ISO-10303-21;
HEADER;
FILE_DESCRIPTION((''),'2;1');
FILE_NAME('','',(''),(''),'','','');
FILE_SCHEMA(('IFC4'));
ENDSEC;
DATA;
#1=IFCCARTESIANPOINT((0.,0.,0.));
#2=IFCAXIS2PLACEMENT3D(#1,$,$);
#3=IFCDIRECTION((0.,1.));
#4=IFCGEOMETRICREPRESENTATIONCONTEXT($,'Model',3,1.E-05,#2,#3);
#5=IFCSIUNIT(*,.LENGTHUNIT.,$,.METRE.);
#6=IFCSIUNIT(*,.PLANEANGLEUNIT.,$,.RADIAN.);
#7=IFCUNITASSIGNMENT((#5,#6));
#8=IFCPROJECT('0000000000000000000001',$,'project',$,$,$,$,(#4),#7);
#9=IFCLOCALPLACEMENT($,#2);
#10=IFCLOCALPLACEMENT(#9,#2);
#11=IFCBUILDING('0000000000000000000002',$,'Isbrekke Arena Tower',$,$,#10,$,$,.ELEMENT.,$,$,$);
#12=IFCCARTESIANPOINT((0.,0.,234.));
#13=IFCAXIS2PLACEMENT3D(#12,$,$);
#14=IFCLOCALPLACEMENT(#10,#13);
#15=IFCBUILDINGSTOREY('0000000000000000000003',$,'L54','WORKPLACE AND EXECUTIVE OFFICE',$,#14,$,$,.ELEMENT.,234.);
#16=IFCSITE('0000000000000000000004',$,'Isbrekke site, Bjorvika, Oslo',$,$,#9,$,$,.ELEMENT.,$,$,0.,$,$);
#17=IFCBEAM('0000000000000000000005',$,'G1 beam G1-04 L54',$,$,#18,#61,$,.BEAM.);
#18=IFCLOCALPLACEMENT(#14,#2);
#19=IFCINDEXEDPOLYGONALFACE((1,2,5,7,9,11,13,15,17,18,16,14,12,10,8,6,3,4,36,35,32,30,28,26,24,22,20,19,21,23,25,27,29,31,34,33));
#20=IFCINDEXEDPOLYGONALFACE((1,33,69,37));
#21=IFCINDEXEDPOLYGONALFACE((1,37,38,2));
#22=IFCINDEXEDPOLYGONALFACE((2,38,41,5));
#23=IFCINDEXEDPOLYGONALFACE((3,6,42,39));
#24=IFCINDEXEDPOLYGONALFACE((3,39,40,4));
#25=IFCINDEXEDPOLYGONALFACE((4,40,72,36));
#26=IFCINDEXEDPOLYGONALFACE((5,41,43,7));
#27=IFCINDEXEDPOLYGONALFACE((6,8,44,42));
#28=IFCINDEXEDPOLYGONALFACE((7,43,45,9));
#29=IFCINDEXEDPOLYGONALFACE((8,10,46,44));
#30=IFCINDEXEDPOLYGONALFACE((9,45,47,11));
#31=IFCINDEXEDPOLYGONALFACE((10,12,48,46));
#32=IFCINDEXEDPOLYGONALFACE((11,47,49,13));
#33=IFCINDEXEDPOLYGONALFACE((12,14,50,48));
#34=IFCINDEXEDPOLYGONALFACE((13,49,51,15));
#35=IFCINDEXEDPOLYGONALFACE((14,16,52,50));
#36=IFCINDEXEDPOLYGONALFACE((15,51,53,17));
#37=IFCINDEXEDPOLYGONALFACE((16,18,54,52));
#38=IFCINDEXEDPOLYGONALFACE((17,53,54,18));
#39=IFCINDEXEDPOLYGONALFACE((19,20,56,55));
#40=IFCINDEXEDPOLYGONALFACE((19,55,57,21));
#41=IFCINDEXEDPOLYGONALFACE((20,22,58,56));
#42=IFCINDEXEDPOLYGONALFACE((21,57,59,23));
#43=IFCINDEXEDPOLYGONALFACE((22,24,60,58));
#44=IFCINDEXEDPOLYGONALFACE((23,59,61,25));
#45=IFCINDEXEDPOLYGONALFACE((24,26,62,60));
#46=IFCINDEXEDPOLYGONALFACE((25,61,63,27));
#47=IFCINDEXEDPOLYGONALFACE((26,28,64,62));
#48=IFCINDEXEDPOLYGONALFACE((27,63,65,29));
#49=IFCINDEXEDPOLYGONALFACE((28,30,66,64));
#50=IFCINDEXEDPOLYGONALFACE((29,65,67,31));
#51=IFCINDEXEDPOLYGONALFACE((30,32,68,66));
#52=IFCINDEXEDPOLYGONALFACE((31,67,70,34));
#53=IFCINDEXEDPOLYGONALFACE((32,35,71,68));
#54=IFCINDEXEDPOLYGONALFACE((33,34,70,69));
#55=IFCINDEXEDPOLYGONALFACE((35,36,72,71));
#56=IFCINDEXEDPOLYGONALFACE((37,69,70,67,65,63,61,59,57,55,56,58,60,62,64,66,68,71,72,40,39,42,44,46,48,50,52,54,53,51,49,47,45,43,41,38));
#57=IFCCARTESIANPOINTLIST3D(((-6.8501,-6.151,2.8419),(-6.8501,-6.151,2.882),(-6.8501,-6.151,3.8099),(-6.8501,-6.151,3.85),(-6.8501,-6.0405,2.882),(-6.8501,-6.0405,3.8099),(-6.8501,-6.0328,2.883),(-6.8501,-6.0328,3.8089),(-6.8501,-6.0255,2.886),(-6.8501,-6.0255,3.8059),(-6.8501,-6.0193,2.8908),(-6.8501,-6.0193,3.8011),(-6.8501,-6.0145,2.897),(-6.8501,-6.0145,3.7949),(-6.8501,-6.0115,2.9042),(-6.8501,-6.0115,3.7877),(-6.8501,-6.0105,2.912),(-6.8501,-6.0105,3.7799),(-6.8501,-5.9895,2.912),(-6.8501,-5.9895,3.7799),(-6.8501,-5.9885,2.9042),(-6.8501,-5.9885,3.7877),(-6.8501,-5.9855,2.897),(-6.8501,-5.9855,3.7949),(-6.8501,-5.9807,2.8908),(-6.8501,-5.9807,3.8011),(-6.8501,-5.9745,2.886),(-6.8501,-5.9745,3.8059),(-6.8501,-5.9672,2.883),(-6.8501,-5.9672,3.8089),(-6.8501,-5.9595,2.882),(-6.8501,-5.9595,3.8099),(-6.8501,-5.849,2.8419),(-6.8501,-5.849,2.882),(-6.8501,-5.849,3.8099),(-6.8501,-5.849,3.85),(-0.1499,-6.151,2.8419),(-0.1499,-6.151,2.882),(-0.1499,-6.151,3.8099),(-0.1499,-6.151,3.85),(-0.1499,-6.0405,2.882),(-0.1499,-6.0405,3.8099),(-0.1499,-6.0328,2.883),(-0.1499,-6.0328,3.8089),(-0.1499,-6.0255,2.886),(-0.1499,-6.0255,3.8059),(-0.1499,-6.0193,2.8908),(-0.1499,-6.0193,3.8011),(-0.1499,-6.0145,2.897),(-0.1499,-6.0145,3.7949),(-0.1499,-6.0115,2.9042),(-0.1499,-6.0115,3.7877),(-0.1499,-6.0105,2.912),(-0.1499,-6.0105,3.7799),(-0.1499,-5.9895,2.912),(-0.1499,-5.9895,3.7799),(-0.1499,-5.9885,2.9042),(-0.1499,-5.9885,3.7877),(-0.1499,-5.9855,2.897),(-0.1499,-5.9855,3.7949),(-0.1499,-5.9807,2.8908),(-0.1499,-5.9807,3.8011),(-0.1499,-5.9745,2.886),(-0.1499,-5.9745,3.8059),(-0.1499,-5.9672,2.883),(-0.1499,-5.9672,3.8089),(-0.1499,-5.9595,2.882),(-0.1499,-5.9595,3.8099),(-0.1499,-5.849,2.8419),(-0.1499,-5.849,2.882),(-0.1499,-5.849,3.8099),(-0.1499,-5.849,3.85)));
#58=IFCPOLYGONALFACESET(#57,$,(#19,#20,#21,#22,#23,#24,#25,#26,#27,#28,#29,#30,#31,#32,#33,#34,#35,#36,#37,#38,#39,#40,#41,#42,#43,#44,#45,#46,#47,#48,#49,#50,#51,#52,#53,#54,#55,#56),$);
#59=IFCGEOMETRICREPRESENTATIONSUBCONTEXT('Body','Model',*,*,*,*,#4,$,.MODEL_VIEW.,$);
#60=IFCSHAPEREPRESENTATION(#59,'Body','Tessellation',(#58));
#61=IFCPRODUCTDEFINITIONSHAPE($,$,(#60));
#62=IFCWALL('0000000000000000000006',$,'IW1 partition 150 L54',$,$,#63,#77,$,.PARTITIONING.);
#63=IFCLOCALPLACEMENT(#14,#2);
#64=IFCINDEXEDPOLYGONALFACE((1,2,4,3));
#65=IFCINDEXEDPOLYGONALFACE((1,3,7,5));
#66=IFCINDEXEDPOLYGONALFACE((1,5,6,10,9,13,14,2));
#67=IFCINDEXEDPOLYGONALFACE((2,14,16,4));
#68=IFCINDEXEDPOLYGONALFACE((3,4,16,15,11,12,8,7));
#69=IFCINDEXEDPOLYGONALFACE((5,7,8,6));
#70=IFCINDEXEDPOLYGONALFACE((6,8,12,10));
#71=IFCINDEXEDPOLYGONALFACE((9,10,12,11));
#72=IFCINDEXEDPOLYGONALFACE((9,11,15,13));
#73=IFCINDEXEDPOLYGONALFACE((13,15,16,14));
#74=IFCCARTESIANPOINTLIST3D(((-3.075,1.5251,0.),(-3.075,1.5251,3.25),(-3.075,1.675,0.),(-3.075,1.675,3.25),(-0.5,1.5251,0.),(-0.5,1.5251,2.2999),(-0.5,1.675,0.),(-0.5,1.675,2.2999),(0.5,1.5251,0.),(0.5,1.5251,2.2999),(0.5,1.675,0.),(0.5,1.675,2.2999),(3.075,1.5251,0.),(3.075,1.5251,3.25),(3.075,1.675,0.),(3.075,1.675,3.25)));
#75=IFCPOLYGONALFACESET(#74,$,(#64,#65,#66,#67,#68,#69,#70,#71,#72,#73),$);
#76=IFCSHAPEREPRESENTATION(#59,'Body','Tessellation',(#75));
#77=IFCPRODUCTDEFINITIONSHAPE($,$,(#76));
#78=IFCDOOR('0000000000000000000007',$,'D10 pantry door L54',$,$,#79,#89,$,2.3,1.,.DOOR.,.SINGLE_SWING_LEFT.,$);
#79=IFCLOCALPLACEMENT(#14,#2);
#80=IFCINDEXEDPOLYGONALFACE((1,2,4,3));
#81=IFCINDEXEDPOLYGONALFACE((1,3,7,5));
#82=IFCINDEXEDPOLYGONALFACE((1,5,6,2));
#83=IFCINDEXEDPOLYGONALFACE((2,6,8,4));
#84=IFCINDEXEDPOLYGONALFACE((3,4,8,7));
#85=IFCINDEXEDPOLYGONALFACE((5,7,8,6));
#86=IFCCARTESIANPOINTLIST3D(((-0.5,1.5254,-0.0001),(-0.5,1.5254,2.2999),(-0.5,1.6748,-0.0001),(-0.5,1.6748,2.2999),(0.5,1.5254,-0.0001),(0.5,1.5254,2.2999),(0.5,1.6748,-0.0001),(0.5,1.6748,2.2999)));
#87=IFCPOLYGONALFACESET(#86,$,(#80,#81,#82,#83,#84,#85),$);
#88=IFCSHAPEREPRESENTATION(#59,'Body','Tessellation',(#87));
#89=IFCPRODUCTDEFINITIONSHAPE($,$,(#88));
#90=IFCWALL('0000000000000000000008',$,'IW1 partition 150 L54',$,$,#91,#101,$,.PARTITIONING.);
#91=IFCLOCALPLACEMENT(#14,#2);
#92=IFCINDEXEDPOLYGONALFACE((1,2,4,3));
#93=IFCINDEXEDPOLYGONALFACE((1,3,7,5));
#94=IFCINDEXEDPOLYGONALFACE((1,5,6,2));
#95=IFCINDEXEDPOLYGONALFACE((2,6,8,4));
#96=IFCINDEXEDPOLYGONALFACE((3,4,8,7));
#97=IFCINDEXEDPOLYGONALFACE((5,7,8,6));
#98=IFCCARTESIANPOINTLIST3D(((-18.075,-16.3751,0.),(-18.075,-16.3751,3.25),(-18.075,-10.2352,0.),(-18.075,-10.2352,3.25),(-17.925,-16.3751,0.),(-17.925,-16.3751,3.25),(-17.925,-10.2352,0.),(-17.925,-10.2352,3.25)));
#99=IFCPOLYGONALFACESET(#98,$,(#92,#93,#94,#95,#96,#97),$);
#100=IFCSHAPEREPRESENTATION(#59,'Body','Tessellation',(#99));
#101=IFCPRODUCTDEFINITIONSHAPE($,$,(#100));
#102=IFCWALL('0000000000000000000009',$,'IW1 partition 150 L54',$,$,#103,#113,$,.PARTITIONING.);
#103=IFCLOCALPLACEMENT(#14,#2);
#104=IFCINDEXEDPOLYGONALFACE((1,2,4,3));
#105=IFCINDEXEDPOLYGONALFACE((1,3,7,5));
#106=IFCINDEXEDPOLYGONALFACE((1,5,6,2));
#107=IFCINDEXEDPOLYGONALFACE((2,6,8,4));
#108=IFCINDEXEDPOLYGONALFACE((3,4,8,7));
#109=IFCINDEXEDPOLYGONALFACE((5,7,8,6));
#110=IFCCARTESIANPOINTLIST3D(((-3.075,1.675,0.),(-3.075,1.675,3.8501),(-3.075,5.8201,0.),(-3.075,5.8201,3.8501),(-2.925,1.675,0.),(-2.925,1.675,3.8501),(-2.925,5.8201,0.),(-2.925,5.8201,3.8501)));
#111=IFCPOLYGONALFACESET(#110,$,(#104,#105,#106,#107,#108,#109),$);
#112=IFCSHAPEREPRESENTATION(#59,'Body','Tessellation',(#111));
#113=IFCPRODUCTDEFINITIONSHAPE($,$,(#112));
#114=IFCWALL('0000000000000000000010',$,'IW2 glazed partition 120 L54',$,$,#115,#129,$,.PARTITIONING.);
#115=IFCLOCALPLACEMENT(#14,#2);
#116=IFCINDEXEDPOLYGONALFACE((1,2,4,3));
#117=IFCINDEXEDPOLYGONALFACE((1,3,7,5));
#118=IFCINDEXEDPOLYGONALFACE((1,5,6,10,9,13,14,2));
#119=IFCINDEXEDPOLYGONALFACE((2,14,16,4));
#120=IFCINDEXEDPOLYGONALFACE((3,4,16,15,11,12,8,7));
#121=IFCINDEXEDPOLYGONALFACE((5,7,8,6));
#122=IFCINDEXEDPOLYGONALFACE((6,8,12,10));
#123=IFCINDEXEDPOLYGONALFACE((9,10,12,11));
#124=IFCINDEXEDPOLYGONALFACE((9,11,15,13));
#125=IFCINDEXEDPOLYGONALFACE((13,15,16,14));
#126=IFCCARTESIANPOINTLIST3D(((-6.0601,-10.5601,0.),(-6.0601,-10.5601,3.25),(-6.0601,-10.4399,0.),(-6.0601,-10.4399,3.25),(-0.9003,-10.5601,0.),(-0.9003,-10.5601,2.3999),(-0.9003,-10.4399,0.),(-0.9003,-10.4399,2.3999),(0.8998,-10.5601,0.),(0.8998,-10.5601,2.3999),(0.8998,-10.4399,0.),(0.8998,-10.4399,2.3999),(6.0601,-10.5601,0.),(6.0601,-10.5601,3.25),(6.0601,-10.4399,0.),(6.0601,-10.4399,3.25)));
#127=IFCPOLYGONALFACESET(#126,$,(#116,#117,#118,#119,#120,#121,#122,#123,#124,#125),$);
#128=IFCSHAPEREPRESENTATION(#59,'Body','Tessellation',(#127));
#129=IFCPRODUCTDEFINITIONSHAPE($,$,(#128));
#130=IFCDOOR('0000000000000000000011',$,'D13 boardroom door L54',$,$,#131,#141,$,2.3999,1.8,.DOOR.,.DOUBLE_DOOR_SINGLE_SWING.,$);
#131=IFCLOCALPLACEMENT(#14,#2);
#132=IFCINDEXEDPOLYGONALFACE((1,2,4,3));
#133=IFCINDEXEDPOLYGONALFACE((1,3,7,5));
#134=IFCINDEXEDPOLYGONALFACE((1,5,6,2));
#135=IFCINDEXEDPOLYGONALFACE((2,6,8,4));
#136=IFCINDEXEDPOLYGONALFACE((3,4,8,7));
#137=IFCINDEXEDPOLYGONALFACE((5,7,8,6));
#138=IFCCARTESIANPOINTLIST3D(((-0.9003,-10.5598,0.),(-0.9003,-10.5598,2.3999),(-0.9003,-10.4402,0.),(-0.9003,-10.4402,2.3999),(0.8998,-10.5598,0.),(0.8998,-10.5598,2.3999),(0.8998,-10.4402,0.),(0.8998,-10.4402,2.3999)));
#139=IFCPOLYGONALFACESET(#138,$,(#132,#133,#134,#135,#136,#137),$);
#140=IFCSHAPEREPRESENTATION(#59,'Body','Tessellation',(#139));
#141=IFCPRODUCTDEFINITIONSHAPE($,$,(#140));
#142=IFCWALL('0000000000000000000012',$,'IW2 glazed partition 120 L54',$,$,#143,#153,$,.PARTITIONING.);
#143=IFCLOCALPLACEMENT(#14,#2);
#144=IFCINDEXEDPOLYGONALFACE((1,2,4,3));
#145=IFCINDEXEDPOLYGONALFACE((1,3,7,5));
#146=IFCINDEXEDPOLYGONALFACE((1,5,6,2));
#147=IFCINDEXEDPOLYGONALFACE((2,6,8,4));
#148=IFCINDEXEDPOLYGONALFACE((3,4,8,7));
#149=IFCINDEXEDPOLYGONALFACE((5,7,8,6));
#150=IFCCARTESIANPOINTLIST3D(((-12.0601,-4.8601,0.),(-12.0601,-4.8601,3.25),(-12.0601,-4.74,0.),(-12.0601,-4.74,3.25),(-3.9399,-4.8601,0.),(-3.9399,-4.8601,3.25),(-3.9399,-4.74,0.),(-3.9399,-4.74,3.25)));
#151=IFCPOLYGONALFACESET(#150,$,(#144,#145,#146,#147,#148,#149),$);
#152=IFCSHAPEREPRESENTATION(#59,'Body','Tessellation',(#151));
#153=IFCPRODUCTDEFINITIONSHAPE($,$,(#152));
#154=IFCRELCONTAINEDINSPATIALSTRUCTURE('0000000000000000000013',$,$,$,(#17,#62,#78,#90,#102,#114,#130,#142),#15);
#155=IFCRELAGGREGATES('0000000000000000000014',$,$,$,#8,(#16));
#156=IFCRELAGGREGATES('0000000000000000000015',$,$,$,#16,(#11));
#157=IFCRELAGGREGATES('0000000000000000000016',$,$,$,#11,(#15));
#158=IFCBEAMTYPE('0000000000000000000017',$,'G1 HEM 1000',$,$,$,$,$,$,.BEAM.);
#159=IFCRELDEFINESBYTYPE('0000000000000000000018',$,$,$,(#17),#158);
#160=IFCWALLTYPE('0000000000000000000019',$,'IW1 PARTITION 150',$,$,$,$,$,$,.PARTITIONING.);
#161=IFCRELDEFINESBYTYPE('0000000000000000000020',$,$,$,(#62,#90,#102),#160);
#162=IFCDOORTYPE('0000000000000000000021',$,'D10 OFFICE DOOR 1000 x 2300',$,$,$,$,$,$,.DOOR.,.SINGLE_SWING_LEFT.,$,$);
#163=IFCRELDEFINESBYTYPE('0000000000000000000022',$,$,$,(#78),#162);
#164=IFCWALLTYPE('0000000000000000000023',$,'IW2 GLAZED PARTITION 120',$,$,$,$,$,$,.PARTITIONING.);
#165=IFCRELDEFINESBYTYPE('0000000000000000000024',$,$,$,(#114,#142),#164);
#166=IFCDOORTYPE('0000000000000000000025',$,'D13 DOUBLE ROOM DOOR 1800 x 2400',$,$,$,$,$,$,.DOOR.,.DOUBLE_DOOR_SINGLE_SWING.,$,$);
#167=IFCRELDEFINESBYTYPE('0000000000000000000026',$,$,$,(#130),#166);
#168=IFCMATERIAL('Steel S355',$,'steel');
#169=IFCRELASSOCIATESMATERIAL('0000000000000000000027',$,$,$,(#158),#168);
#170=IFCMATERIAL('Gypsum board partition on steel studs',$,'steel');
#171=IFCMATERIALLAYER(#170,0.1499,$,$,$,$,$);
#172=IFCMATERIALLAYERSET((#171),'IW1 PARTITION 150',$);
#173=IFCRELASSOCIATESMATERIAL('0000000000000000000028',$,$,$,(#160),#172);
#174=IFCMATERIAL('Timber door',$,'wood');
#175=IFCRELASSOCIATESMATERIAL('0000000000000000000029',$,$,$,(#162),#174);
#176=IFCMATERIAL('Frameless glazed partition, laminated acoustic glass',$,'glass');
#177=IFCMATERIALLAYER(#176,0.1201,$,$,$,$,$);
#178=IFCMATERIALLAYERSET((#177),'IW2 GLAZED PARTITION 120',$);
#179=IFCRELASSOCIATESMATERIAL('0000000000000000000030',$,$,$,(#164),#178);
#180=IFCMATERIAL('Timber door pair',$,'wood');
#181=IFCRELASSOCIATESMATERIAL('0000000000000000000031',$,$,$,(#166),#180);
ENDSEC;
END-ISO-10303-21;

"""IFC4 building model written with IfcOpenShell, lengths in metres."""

from ifc_helpers import new_model, si_unit, direction, frame, frame_2d, origin, origin_2d, place, context, subcontext, project, spatial, rectangle, i_section, extrude, material, layer, layer_set, material_profile, profile_set, type_object, element, fill, save


model = new_model("IFC4")

# Units and contexts
model_context = context("Model", 3, precision=1e-05, world=origin(), true_north=direction((0.0, 1.0)))
body_context = subcontext(model_context, "Body", "Model", "MODEL_VIEW")
ifc_project = project(units=[si_unit("LENGTHUNIT", "METRE"), si_unit("PLANEANGLEUNIT", "RADIAN")], contexts=[model_context])

# Site, building, storey
site_placement = place(None, origin())
site = spatial("IfcSite", under=ifc_project, at=site_placement, Name="Isbrekke site, Bjorvika, Oslo", CompositionType="ELEMENT", RefElevation=0.0)
building_placement = place(site_placement, origin())
building = spatial("IfcBuilding", under=site, at=building_placement, Name="Isbrekke Arena Tower", CompositionType="ELEMENT")
storey_placement = place(building_placement, frame((0.0, 0.0, 234.0)))
storey = spatial("IfcBuildingStorey", under=building, at=storey_placement, Name="L54", Description="WORKPLACE AND EXECUTIVE OFFICE", CompositionType="ELEMENT", Elevation=234.0)

# Beam
ifc_material_1 = material(Name="Steel S355", Category="steel")
ifc_material_profile_1 = material_profile(ifc_material_1, i_section(OverallWidth=0.302, OverallDepth=1.0081, WebThickness=0.021, FlangeThickness=0.04, FilletRadius=0.03, at=origin_2d()), Name="HEM 1000")
ifc_profile_set_1 = profile_set([ifc_material_profile_1], Name="Steel S355")
beam_type_1 = type_object("IfcBeamType", Name="G1 HEM 1000", PredefinedType="BEAM", material=ifc_profile_set_1)
for number, where, z_axis, x_axis, name in (
    (1, (-6.8501, -6.0, 3.3459), (1.0, 0.0, 0.0), (0.0, 1.0, 0.0), "G1 beam G1-04 L54"),
):
    element("IfcBeam", number, at=place(storey_placement, frame(where, z_axis=z_axis, x_axis=x_axis)), inside=storey, type_object=beam_type_1, Name=name, PredefinedType="BEAM", context=body_context, shape_type="SweptSolid", body=[
        extrude(i_section(OverallWidth=0.302, OverallDepth=1.0081, WebThickness=0.021, FlangeThickness=0.04, FilletRadius=0.03, at=origin_2d()), origin(), (0.0, 0.0, 1.0), 6.7002),
    ])

# Wall, opening, door
ifc_material_2 = material(Name="Gypsum board partition on steel studs", Category="steel")
ifc_layer_1 = layer(ifc_material_2, 0.1499)
ifc_layer_set_1 = layer_set([ifc_layer_1], Name="IW1 PARTITION 150")
wall_type_1 = type_object("IfcWallType", Name="IW1 PARTITION 150", PredefinedType="PARTITIONING", material=ifc_layer_set_1)
wall_1_placement = place(storey_placement, frame((-3.075, 1.6001, 0.0), z_axis=(0.0, 0.0, 1.0), x_axis=(1.0, 0.0, 0.0)))
wall_1 = element("IfcWall", 2, at=wall_1_placement, inside=storey, type_object=wall_type_1, Name="IW1 partition 150 L54", PredefinedType="PARTITIONING", context=body_context, shape_type="SweptSolid", body=[
    extrude(rectangle(XDim=6.1499, YDim=0.1499, at=frame_2d((3.075, 0.0))), origin(), (0.0, 0.0, 1.0), 3.25),
])
opening_1_placement = place(wall_1_placement, frame((2.575, 0.0, 0.0)))
opening_1 = element("IfcOpeningElement", 3, at=opening_1_placement, cuts=wall_1, PredefinedType="OPENING", context=body_context, shape_type="SweptSolid", body=[
    extrude(rectangle(XDim=1.0, YDim=2.3, at=frame_2d((0.5, 1.1499))), frame((0.0, 0.0898, 0.0), z_axis=(0.0, -1.0, 0.0), x_axis=(1.0, 0.0, 0.0)), (0.0, 0.0, 1.0), 0.1797),
])
ifc_material_3 = material(Name="Timber door", Category="wood")
door_type_1 = type_object("IfcDoorType", Name="D10 OFFICE DOOR 1000 x 2300", OperationType="SINGLE_SWING_LEFT", PredefinedType="DOOR", material=ifc_material_3)
door_1_placement = place(opening_1_placement, origin())
door_1 = element("IfcDoor", 4, at=door_1_placement, inside=storey, type_object=door_type_1, Name="D10 pantry door L54", OperationType="SINGLE_SWING_LEFT", OverallHeight=2.3, OverallWidth=1.0, PredefinedType="DOOR", context=body_context, shape_type="SweptSolid", body=[
    extrude(rectangle(XDim=1.0, YDim=2.3, at=frame_2d((0.5, 1.1499))), frame((0.0, 0.0747, 0.0), z_axis=(0.0, -1.0, 0.0), x_axis=(1.0, 0.0, 0.0)), (0.0, 0.0, 1.0), 0.1494),
])
fill(opening_1, door_1)

# Walls
wall_2_placement = place(storey_placement, frame((-18.0, -16.375, 0.0), z_axis=(0.0, 0.0, 1.0), x_axis=(0.0, 1.0, 0.0)))
element("IfcWall", 5, at=wall_2_placement, inside=storey, type_object=wall_type_1, Name="IW1 partition 150 L54", PredefinedType="PARTITIONING", context=body_context, shape_type="SweptSolid", body=[
    extrude(rectangle(XDim=6.1399, YDim=0.1499, at=frame_2d((3.0698, 0.0))), origin(), (0.0, 0.0, 1.0), 3.25),
])
wall_3_placement = place(storey_placement, frame((-3.0, 1.675, 0.0), z_axis=(0.0, 0.0, 1.0), x_axis=(0.0, 1.0, 0.0)))
element("IfcWall", 6, at=wall_3_placement, inside=storey, type_object=wall_type_1, Name="IW1 partition 150 L54", PredefinedType="PARTITIONING", context=body_context, shape_type="SweptSolid", body=[
    extrude(rectangle(XDim=4.145, YDim=0.1499, at=frame_2d((2.0725, 0.0))), origin(), (0.0, 0.0, 1.0), 3.8501),
])

# Wall, opening, door
ifc_material_4 = material(Name="Frameless glazed partition, laminated acoustic glass", Category="glass")
ifc_layer_2 = layer(ifc_material_4, 0.1201)
ifc_layer_set_2 = layer_set([ifc_layer_2], Name="IW2 GLAZED PARTITION 120")
wall_type_2 = type_object("IfcWallType", Name="IW2 GLAZED PARTITION 120", PredefinedType="PARTITIONING", material=ifc_layer_set_2)
wall_4_placement = place(storey_placement, frame((-6.0601, -10.5, 0.0), z_axis=(0.0, 0.0, 1.0), x_axis=(1.0, 0.0, 0.0)))
wall_4 = element("IfcWall", 7, at=wall_4_placement, inside=storey, type_object=wall_type_2, Name="IW2 glazed partition 120 L54", PredefinedType="PARTITIONING", context=body_context, shape_type="SweptSolid", body=[
    extrude(rectangle(XDim=12.1201, YDim=0.1201, at=frame_2d((6.0601, 0.0))), origin(), (0.0, 0.0, 1.0), 3.25),
])
opening_2_placement = place(wall_4_placement, frame((5.1599, 0.0, 0.0)))
opening_2 = element("IfcOpeningElement", 8, at=opening_2_placement, cuts=wall_4, PredefinedType="OPENING", context=body_context, shape_type="SweptSolid", body=[
    extrude(rectangle(XDim=1.8, YDim=2.3999, at=frame_2d((0.8999, 1.2))), frame((0.0, 0.075, 0.0), z_axis=(0.0, -1.0, 0.0), x_axis=(1.0, 0.0, 0.0)), (0.0, 0.0, 1.0), 0.1499),
])
ifc_material_5 = material(Name="Timber door pair", Category="wood")
door_type_2 = type_object("IfcDoorType", Name="D13 DOUBLE ROOM DOOR 1800 x 2400", OperationType="DOUBLE_DOOR_SINGLE_SWING", PredefinedType="DOOR", material=ifc_material_5)
door_2_placement = place(opening_2_placement, origin())
door_2 = element("IfcDoor", 9, at=door_2_placement, inside=storey, type_object=door_type_2, Name="D13 boardroom door L54", OperationType="DOUBLE_DOOR_SINGLE_SWING", OverallHeight=2.3999, OverallWidth=1.8, PredefinedType="DOOR", context=body_context, shape_type="SweptSolid", body=[
    extrude(rectangle(XDim=1.8, YDim=2.3999, at=frame_2d((0.8999, 1.2))), frame((0.0, 0.0598, 0.0), z_axis=(0.0, -1.0, 0.0), x_axis=(1.0, 0.0, 0.0)), (0.0, 0.0, 1.0), 0.1196),
])
fill(opening_2, door_2)

# Wall
wall_5_placement = place(storey_placement, frame((-12.0601, -4.8, 0.0), z_axis=(0.0, 0.0, 1.0), x_axis=(1.0, 0.0, 0.0)))
element("IfcWall", 10, at=wall_5_placement, inside=storey, type_object=wall_type_2, Name="IW2 glazed partition 120 L54", PredefinedType="PARTITIONING", context=body_context, shape_type="SweptSolid", body=[
    extrude(rectangle(XDim=8.1201, YDim=0.1201, at=frame_2d((4.0601, 0.0))), origin(), (0.0, 0.0, 1.0), 3.25),
])

save(model, "model.ifc")
